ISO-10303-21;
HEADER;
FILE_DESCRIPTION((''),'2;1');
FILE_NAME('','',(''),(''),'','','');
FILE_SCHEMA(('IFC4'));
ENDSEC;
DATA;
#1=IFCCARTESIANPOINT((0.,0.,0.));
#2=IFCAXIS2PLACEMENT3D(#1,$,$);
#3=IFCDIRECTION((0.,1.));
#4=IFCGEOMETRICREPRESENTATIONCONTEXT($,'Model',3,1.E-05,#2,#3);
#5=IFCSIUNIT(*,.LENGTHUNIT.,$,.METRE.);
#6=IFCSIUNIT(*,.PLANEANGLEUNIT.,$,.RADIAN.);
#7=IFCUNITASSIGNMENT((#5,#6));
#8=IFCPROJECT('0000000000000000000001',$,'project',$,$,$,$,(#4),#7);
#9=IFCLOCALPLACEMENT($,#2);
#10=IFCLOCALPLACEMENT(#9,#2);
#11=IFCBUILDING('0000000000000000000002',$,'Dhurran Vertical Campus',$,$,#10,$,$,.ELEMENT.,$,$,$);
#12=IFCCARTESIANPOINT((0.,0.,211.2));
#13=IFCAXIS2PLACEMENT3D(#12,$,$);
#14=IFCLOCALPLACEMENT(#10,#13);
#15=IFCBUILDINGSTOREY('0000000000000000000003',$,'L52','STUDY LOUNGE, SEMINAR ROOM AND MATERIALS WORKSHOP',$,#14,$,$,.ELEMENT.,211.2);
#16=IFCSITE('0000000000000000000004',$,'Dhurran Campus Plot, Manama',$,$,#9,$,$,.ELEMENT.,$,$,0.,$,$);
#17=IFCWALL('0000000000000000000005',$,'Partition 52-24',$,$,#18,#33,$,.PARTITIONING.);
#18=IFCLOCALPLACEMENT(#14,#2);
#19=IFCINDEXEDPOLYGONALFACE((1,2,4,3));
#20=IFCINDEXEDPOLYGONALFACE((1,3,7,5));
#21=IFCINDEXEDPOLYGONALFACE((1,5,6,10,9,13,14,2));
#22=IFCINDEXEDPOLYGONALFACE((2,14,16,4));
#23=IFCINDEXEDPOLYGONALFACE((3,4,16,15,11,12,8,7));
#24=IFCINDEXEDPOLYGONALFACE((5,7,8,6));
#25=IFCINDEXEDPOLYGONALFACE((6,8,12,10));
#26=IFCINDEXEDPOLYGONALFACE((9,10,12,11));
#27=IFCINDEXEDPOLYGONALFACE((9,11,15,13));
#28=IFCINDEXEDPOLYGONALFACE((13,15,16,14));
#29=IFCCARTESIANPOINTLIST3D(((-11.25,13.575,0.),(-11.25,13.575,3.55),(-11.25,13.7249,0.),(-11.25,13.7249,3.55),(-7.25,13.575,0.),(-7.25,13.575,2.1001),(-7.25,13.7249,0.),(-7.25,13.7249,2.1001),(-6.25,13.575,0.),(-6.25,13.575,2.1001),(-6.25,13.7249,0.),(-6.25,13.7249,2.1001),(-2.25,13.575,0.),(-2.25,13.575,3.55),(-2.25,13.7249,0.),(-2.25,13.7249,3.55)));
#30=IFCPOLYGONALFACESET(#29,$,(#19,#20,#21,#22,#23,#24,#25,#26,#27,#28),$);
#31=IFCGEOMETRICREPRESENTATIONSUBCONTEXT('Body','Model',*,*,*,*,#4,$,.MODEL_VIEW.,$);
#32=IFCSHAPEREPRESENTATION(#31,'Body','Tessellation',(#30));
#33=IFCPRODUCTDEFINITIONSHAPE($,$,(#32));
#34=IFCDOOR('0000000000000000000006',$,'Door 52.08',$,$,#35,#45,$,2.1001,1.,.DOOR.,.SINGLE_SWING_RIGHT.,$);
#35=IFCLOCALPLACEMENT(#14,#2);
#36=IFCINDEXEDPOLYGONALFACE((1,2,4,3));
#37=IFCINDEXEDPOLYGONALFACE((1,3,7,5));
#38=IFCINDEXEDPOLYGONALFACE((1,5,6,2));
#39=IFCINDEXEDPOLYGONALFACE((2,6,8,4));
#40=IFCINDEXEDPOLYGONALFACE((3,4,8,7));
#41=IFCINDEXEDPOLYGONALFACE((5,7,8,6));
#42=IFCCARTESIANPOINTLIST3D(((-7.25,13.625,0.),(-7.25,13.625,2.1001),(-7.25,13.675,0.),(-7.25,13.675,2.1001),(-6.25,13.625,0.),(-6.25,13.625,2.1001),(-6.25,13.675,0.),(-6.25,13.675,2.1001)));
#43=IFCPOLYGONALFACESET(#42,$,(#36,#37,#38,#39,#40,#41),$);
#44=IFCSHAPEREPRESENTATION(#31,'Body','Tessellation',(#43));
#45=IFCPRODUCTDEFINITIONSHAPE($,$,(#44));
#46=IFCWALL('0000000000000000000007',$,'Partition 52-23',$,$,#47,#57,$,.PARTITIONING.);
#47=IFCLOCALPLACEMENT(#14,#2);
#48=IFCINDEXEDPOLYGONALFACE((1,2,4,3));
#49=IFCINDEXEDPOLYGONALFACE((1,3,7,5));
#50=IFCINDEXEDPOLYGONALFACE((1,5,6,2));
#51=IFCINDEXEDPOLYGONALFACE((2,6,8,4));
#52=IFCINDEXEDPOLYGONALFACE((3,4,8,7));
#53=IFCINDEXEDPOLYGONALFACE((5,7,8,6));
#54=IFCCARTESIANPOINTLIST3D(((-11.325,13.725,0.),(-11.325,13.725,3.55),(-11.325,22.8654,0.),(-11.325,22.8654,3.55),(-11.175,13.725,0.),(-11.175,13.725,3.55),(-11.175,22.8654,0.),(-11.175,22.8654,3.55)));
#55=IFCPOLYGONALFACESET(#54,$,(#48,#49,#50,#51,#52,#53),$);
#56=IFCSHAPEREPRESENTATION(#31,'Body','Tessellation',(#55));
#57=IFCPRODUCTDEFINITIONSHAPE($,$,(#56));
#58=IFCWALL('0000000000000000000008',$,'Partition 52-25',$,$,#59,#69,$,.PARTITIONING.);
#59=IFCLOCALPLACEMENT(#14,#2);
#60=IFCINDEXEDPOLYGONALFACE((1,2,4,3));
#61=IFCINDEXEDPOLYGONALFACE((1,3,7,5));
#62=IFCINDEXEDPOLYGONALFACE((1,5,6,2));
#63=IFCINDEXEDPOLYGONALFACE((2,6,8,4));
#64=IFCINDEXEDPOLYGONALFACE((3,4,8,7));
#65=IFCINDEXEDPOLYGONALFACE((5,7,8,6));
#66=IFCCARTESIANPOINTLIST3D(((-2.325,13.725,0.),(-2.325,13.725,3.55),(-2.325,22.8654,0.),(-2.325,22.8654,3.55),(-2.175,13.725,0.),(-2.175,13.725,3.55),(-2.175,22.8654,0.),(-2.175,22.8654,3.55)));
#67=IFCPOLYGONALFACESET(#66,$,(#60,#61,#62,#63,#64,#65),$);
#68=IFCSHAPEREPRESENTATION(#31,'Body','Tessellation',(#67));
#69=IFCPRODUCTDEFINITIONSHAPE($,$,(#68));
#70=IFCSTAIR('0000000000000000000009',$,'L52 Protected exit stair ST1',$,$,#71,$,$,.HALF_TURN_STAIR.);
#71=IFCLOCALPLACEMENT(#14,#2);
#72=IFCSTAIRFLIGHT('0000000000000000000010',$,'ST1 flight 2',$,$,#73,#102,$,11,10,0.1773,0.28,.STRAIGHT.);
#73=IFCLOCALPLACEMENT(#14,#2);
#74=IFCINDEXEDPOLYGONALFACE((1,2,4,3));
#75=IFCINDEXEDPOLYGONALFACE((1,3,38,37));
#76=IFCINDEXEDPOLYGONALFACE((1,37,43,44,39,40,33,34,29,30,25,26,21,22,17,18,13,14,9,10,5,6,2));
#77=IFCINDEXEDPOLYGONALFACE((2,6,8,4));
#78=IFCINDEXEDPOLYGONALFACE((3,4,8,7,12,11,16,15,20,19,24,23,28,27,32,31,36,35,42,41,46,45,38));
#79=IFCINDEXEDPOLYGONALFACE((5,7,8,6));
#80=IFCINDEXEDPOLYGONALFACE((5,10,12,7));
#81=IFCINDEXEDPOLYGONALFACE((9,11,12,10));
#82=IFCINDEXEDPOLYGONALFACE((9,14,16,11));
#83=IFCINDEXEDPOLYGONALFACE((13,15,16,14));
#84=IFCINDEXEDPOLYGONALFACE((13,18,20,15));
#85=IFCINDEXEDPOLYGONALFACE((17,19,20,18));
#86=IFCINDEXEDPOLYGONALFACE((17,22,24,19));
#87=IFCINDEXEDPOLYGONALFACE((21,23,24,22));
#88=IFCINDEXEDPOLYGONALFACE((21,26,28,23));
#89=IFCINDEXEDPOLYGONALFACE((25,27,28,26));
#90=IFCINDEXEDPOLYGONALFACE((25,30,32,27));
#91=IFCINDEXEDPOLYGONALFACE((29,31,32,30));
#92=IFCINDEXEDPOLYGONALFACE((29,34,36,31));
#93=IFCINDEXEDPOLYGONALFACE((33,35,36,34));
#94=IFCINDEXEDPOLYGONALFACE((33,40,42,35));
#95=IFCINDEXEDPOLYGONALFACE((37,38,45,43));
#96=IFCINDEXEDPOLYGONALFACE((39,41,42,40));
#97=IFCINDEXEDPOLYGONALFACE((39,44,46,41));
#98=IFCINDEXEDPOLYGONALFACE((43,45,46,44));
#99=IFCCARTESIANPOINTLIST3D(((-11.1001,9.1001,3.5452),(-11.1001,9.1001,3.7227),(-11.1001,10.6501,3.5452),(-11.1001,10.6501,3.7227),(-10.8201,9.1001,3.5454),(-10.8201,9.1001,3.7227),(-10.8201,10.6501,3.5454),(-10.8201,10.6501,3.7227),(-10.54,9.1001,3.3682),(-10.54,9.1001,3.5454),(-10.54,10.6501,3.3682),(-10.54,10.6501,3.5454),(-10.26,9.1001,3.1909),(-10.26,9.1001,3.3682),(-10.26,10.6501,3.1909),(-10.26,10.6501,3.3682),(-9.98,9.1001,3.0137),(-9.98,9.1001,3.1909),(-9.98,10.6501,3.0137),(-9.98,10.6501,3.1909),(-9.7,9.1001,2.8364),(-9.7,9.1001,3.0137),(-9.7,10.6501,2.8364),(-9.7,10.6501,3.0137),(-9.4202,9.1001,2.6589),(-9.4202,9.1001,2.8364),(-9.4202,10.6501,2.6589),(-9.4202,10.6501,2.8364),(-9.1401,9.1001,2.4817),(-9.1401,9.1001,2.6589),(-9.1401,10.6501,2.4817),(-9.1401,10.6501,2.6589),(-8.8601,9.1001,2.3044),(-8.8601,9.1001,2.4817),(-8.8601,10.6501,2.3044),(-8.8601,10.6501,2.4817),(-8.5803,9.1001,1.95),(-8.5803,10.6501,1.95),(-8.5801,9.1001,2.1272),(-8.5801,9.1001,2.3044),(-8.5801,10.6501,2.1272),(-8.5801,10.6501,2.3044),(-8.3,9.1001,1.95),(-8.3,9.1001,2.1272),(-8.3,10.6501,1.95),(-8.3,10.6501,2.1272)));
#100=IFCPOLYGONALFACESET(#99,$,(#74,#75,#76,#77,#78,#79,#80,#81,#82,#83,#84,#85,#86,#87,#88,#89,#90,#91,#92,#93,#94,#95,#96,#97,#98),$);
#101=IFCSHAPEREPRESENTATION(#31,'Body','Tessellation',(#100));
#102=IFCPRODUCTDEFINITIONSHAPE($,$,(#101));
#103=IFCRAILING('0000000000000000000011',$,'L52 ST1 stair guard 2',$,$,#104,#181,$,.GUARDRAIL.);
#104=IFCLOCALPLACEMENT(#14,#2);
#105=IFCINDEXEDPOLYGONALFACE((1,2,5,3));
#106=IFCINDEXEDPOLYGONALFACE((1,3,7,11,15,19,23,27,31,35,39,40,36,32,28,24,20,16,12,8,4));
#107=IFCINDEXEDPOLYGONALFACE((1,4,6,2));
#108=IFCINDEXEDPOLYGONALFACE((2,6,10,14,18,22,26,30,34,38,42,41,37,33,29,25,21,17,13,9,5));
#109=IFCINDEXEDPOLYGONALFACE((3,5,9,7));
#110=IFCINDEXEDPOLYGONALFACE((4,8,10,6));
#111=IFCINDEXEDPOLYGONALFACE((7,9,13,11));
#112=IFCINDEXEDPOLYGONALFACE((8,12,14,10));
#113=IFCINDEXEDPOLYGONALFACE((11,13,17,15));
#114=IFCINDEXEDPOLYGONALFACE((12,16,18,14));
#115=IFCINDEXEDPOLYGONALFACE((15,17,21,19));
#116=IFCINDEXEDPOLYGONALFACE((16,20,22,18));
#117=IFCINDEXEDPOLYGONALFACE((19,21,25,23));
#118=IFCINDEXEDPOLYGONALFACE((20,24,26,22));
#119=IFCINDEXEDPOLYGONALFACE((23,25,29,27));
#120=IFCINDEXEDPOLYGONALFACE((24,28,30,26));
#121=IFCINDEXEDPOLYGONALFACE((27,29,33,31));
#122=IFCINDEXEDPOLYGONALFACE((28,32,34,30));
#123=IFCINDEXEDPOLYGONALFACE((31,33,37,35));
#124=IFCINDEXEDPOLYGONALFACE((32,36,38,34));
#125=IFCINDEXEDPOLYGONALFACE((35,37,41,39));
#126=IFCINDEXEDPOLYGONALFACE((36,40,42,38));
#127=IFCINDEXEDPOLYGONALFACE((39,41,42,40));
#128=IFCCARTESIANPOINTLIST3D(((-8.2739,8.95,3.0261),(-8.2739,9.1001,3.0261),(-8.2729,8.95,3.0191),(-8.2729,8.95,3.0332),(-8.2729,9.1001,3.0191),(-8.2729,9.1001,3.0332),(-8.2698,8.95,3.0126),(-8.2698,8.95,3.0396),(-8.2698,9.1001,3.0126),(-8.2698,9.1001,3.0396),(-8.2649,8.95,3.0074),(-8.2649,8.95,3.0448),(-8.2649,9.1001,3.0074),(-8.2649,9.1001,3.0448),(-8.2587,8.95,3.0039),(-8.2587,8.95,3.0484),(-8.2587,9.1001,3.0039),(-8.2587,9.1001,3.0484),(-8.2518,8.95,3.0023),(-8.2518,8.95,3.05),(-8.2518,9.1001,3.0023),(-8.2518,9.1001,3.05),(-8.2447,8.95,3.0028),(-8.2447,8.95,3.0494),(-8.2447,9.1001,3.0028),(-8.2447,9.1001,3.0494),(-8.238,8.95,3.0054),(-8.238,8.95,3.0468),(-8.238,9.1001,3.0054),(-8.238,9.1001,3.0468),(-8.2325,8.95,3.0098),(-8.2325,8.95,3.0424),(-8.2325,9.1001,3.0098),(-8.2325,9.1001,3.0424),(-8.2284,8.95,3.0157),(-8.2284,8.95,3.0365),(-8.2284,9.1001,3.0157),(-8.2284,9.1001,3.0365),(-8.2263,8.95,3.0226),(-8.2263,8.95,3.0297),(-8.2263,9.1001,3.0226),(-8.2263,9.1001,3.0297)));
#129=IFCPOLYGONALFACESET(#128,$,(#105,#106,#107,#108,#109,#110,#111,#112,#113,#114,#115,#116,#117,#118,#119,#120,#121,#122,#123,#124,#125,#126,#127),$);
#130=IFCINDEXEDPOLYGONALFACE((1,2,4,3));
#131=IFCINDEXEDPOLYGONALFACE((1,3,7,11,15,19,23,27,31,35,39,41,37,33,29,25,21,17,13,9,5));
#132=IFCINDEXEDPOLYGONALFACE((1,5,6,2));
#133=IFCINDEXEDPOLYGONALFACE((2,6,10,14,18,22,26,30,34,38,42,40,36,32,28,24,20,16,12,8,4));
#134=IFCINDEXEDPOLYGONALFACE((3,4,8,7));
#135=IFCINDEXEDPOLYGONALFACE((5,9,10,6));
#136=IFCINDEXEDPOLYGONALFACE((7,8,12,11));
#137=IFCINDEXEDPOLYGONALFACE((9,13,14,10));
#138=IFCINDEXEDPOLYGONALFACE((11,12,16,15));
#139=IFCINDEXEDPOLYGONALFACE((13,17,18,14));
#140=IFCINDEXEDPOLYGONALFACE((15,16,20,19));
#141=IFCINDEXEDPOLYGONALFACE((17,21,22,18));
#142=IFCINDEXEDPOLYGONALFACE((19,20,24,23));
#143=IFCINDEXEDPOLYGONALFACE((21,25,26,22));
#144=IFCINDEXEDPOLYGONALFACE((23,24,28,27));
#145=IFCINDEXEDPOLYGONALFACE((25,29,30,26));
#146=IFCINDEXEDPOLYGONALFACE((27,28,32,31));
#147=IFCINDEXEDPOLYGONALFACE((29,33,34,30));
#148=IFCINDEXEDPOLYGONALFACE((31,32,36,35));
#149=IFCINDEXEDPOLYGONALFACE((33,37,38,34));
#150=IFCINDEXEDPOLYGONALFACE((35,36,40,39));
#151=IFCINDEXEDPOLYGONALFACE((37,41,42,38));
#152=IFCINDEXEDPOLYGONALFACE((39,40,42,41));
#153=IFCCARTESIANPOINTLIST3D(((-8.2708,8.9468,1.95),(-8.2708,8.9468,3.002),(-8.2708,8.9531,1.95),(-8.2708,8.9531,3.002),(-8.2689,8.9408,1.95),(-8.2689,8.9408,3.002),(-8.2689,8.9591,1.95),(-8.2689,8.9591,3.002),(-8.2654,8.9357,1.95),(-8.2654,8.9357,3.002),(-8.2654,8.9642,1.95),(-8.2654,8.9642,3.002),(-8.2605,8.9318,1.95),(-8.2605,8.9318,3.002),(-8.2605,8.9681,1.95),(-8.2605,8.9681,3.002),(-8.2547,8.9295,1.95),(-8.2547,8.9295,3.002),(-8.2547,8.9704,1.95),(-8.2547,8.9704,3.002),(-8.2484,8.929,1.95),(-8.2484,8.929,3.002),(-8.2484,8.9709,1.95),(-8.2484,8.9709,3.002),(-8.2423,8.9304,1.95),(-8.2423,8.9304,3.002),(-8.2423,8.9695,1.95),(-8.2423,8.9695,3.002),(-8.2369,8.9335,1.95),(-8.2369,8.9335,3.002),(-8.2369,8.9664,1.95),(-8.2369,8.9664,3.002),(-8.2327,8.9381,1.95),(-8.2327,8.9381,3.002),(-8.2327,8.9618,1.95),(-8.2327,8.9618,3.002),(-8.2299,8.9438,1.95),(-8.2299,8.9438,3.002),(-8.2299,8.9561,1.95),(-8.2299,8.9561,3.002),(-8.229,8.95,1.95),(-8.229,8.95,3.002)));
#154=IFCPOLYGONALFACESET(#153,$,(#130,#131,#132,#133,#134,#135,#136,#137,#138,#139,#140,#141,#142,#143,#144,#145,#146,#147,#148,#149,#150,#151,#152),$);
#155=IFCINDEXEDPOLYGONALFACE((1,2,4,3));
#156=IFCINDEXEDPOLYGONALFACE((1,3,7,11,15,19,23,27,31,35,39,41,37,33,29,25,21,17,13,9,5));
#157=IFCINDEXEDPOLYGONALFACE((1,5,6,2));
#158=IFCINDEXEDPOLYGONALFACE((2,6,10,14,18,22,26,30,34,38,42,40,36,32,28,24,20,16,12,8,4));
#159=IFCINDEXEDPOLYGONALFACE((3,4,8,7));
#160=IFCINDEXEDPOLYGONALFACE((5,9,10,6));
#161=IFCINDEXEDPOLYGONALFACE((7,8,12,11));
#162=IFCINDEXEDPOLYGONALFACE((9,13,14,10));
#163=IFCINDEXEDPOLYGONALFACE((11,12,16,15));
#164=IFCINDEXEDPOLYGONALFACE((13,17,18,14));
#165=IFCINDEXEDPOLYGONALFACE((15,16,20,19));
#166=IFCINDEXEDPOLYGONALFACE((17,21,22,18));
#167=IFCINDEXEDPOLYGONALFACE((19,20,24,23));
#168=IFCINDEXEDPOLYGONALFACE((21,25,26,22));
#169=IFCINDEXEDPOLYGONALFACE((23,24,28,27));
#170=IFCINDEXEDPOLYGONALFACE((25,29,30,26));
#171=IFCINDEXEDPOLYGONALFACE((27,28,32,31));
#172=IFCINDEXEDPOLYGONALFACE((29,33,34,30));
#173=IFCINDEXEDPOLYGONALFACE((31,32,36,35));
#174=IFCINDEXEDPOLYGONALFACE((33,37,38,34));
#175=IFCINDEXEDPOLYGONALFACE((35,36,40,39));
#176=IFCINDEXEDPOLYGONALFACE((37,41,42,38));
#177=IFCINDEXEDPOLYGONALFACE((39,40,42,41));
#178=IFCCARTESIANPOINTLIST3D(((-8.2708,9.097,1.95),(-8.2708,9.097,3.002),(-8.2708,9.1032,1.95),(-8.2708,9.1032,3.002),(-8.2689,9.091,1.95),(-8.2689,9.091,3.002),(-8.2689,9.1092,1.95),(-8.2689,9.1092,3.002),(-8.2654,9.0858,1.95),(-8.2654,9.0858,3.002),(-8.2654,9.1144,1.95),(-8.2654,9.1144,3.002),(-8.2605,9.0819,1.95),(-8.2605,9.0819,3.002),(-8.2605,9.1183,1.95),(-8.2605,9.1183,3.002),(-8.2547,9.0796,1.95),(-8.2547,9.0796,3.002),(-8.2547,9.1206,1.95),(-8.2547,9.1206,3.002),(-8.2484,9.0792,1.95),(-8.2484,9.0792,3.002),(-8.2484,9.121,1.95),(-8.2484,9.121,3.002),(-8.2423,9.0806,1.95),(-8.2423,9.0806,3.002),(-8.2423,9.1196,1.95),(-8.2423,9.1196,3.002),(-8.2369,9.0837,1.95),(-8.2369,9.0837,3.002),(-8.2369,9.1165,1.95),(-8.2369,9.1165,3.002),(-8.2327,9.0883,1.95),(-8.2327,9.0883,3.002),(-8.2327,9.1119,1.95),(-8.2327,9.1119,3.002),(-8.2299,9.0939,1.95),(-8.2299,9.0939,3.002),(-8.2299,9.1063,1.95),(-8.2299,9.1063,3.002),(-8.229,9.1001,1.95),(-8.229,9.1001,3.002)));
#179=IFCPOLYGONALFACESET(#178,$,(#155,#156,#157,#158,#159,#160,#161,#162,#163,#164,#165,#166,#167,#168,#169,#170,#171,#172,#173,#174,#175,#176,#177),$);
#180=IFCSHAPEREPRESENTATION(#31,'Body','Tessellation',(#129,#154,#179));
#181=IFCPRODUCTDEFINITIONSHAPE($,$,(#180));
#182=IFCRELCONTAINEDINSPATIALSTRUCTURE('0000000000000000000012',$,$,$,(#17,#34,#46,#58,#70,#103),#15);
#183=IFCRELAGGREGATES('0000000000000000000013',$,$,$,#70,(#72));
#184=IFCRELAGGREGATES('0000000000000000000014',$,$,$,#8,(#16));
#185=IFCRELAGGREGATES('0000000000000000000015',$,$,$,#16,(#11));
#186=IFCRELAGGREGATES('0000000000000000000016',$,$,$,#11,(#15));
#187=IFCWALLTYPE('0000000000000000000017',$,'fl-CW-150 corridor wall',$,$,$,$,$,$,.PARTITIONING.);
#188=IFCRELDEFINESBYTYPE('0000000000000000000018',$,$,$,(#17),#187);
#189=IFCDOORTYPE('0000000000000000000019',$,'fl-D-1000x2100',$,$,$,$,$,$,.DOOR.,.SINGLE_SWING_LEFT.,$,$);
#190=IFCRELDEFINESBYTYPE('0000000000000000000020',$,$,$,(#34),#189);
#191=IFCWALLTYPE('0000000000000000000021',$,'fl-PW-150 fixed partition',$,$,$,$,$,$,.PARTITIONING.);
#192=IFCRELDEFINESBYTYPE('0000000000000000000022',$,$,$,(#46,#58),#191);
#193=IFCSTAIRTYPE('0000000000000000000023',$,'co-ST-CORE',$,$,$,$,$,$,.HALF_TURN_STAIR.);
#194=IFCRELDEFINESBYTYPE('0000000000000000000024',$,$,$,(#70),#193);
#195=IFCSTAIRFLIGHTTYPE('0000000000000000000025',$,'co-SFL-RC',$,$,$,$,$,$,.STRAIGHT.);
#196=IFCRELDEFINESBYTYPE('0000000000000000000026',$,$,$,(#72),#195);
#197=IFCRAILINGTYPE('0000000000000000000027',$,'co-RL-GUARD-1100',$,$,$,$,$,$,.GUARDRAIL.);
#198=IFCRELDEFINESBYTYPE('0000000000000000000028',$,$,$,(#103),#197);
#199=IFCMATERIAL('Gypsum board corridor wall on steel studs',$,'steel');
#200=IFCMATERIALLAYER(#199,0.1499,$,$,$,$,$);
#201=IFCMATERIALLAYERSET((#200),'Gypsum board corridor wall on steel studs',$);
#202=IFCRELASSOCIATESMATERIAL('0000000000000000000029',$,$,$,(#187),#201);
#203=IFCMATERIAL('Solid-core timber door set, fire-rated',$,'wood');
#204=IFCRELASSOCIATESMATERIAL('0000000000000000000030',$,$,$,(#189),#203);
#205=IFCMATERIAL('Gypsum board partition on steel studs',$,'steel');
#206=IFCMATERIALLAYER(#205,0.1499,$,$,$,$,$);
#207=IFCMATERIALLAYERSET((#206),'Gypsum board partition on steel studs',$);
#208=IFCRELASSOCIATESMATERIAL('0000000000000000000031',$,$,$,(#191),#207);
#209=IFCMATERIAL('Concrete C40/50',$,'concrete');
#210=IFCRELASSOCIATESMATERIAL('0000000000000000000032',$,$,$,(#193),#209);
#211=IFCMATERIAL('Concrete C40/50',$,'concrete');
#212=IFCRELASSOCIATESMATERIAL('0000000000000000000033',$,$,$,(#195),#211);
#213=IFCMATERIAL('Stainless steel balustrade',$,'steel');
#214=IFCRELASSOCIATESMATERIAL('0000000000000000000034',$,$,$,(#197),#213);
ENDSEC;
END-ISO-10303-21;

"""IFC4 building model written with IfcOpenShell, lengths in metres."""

from ifc_helpers import new_model, si_unit, direction, frame, frame_2d, origin, origin_2d, place, context, subcontext, project, spatial, polyline, rectangle, circle, outline, extrude, material, layer, layer_set, type_object, element, fill, aggregate, save


model = new_model("IFC4")

# Units and contexts
model_context = context("Model", 3, precision=1e-05, world=origin(), true_north=direction((0.0, 1.0)))
body_context = subcontext(model_context, "Body", "Model", "MODEL_VIEW")
ifc_project = project(units=[si_unit("LENGTHUNIT", "METRE"), si_unit("PLANEANGLEUNIT", "RADIAN")], contexts=[model_context])

# Site, building, storey
site_placement = place(None, origin())
site = spatial("IfcSite", under=ifc_project, at=site_placement, Name="Dhurran Campus Plot, Manama", CompositionType="ELEMENT", RefElevation=0.0)
building_placement = place(site_placement, origin())
building = spatial("IfcBuilding", under=site, at=building_placement, Name="Dhurran Vertical Campus", CompositionType="ELEMENT")
storey_placement = place(building_placement, frame((0.0, 0.0, 211.2)))
storey = spatial("IfcBuildingStorey", under=building, at=storey_placement, Name="L52", Description="STUDY LOUNGE, SEMINAR ROOM AND MATERIALS WORKSHOP", CompositionType="ELEMENT", Elevation=211.2)

# Wall, opening, door
ifc_material_1 = material(Name="Gypsum board corridor wall on steel studs", Category="steel")
ifc_layer_1 = layer(ifc_material_1, 0.1499)
ifc_layer_set_1 = layer_set([ifc_layer_1], Name="Gypsum board corridor wall on steel studs")
wall_type_1 = type_object("IfcWallType", Name="fl-CW-150 corridor wall", PredefinedType="PARTITIONING", material=ifc_layer_set_1)
ifc_material_2 = material(Name="Solid-core timber door set, fire-rated", Category="wood")
door_type = type_object("IfcDoorType", Name="fl-D-1000x2100", OperationType="SINGLE_SWING_LEFT", PredefinedType="DOOR", material=ifc_material_2)
wall_1_placement = place(storey_placement, frame((-2.25, 13.6499, 0.0), z_axis=(0.0, 0.0, 1.0), x_axis=(-1.0, 0.0, 0.0)))
wall_1 = element("IfcWall", 1, at=wall_1_placement, inside=storey, type_object=wall_type_1, Name="Partition 52-24", PredefinedType="PARTITIONING", context=body_context, shape_type="SweptSolid", body=[
    extrude(rectangle(XDim=9.0, YDim=0.1499, at=frame_2d((4.5, 0.0))), origin(), (0.0, 0.0, 1.0), 3.55),
])
opening_1_placement = place(wall_1_placement, frame((4.0, 0.0, 0.0)))
opening_1 = element("IfcOpeningElement", 2, at=opening_1_placement, cuts=wall_1, PredefinedType="OPENING", context=body_context, shape_type="SweptSolid", body=[
    extrude(rectangle(XDim=1.0, YDim=2.1001, at=frame_2d((0.5, 1.05))), frame((0.0, 0.085, 0.0), z_axis=(0.0, -1.0, 0.0), x_axis=(1.0, 0.0, 0.0)), (0.0, 0.0, 1.0), 0.1699),
])
door_1_placement = place(opening_1_placement, origin())
door_1 = element("IfcDoor", 3, at=door_1_placement, inside=storey, type_object=door_type, Name="Door 52.08", OperationType="SINGLE_SWING_RIGHT", OverallHeight=2.1001, OverallWidth=1.0, PredefinedType="DOOR", context=body_context, shape_type="SweptSolid", body=[
    extrude(rectangle(XDim=1.0, YDim=2.1001, at=frame_2d((0.5, 1.05))), frame((0.0, 0.0249, 0.0), z_axis=(0.0, -1.0, 0.0), x_axis=(1.0, 0.0, 0.0)), (0.0, 0.0, 1.0), 0.05),
])
fill(opening_1, door_1)

# Walls
ifc_material_3 = material(Name="Gypsum board partition on steel studs", Category="steel")
ifc_layer_2 = layer(ifc_material_3, 0.1499)
ifc_layer_set_2 = layer_set([ifc_layer_2], Name="Gypsum board partition on steel studs")
wall_type_2 = type_object("IfcWallType", Name="fl-PW-150 fixed partition", PredefinedType="PARTITIONING", material=ifc_layer_set_2)
for number, where, z_axis, x_axis, name in (
    (4, (-11.25, 22.8655, 0.0), (0.0, 0.0, 1.0), (0.0, -1.0, 0.0), "Partition 52-23"),
    (5, (-2.25, 22.8655, 0.0), (0.0, 0.0, 1.0), (0.0, -1.0, 0.0), "Partition 52-25"),
):
    element("IfcWall", number, at=place(storey_placement, frame(where, z_axis=z_axis, x_axis=x_axis)), inside=storey, type_object=wall_type_2, Name=name, PredefinedType="PARTITIONING", context=body_context, shape_type="SweptSolid", body=[
        extrude(rectangle(XDim=9.1404, YDim=0.1499, at=frame_2d((4.5703, 0.0))), origin(), (0.0, 0.0, 1.0), 3.55),
    ])

# Stair, stair flight
ifc_material_4 = material(Name="Concrete C40/50", Category="concrete")
stair_type = type_object("IfcStairType", Name="co-ST-CORE", PredefinedType="HALF_TURN_STAIR", material=ifc_material_4)
stair_placement = place(storey_placement, origin())
stair = element("IfcStair", 6, at=stair_placement, inside=storey, type_object=stair_type, Name="L52 Protected exit stair ST1", PredefinedType="HALF_TURN_STAIR")
ifc_material_5 = material(Name="Concrete C40/50", Category="concrete")
stair_flight_type = type_object("IfcStairFlightType", Name="co-SFL-RC", PredefinedType="STRAIGHT", material=ifc_material_5)
stair_flight_placement = place(storey_placement, frame((-8.3, 9.875, 1.95), z_axis=(0.0, 0.0, 1.0), x_axis=(-1.0, 0.0, 0.0)))
stair_flight = element("IfcStairFlight", 7, at=stair_flight_placement, type_object=stair_flight_type, Name="ST1 flight 2", NumberOfRisers=11, NumberOfTreads=10, PredefinedType="STRAIGHT", RiserHeight=0.1773, TreadLength=0.28, context=body_context, shape_type="SweptSolid", body=[
    extrude(outline(polyline([(0.0, 0.0), (0.0, 0.1772), (0.28, 0.1772), (0.28, 0.3545), (0.5601, 0.3545), (0.5601, 0.5317), (0.8401, 0.5317), (0.8401, 0.709), (1.1201, 0.709), (1.1201, 0.8865), (1.3999, 0.8865), (1.3999, 1.0637), (1.6799, 1.0637), (1.6799, 1.241), (1.96, 1.241), (1.96, 1.4182), (2.24, 1.4182), (2.24, 1.5955), (2.52, 1.5955), (2.52, 1.7727), (2.8, 1.7727), (2.8, 1.95), (2.8, 1.5952), (0.2803, 0.0), (0.0, 0.0)])), frame((0.0, 0.7749, 0.0), z_axis=(0.0, -1.0, 0.0), x_axis=(1.0, 0.0, 0.0)), (0.0, 0.0, 1.0), 1.55),
])
aggregate(stair, [stair_flight])

# Railing
ifc_material_6 = material(Name="Stainless steel balustrade", Category="steel")
railing_type_1 = type_object("IfcRailingType", Name="co-RL-GUARD-1100", PredefinedType="GUARDRAIL", material=ifc_material_6)
railing_1_placement = place(storey_placement, frame((-8.25, 8.95, 1.95)))
element("IfcRailing", 8, at=railing_1_placement, inside=storey, type_object=railing_type_1, Name="L52 ST1 stair guard 2", PredefinedType="GUARDRAIL", context=body_context, shape_type="SweptSolid", body=[
    extrude(circle(Radius=0.0239, at=origin_2d()), frame((0.0, 0.0, 1.0762), z_axis=(0.0, 1.0, 0.0), x_axis=(-1.0, 0.0, 0.0)), (0.0, 0.0, 1.0), 0.1501),
    extrude(circle(Radius=0.021, at=origin_2d()), origin(), (0.0, 0.0, 1.0), 1.052),
    extrude(circle(Radius=0.021, at=origin_2d()), frame((0.0, 0.1501, 0.0)), (0.0, 0.0, 1.0), 1.052),
])

save(model, "model.ifc")
